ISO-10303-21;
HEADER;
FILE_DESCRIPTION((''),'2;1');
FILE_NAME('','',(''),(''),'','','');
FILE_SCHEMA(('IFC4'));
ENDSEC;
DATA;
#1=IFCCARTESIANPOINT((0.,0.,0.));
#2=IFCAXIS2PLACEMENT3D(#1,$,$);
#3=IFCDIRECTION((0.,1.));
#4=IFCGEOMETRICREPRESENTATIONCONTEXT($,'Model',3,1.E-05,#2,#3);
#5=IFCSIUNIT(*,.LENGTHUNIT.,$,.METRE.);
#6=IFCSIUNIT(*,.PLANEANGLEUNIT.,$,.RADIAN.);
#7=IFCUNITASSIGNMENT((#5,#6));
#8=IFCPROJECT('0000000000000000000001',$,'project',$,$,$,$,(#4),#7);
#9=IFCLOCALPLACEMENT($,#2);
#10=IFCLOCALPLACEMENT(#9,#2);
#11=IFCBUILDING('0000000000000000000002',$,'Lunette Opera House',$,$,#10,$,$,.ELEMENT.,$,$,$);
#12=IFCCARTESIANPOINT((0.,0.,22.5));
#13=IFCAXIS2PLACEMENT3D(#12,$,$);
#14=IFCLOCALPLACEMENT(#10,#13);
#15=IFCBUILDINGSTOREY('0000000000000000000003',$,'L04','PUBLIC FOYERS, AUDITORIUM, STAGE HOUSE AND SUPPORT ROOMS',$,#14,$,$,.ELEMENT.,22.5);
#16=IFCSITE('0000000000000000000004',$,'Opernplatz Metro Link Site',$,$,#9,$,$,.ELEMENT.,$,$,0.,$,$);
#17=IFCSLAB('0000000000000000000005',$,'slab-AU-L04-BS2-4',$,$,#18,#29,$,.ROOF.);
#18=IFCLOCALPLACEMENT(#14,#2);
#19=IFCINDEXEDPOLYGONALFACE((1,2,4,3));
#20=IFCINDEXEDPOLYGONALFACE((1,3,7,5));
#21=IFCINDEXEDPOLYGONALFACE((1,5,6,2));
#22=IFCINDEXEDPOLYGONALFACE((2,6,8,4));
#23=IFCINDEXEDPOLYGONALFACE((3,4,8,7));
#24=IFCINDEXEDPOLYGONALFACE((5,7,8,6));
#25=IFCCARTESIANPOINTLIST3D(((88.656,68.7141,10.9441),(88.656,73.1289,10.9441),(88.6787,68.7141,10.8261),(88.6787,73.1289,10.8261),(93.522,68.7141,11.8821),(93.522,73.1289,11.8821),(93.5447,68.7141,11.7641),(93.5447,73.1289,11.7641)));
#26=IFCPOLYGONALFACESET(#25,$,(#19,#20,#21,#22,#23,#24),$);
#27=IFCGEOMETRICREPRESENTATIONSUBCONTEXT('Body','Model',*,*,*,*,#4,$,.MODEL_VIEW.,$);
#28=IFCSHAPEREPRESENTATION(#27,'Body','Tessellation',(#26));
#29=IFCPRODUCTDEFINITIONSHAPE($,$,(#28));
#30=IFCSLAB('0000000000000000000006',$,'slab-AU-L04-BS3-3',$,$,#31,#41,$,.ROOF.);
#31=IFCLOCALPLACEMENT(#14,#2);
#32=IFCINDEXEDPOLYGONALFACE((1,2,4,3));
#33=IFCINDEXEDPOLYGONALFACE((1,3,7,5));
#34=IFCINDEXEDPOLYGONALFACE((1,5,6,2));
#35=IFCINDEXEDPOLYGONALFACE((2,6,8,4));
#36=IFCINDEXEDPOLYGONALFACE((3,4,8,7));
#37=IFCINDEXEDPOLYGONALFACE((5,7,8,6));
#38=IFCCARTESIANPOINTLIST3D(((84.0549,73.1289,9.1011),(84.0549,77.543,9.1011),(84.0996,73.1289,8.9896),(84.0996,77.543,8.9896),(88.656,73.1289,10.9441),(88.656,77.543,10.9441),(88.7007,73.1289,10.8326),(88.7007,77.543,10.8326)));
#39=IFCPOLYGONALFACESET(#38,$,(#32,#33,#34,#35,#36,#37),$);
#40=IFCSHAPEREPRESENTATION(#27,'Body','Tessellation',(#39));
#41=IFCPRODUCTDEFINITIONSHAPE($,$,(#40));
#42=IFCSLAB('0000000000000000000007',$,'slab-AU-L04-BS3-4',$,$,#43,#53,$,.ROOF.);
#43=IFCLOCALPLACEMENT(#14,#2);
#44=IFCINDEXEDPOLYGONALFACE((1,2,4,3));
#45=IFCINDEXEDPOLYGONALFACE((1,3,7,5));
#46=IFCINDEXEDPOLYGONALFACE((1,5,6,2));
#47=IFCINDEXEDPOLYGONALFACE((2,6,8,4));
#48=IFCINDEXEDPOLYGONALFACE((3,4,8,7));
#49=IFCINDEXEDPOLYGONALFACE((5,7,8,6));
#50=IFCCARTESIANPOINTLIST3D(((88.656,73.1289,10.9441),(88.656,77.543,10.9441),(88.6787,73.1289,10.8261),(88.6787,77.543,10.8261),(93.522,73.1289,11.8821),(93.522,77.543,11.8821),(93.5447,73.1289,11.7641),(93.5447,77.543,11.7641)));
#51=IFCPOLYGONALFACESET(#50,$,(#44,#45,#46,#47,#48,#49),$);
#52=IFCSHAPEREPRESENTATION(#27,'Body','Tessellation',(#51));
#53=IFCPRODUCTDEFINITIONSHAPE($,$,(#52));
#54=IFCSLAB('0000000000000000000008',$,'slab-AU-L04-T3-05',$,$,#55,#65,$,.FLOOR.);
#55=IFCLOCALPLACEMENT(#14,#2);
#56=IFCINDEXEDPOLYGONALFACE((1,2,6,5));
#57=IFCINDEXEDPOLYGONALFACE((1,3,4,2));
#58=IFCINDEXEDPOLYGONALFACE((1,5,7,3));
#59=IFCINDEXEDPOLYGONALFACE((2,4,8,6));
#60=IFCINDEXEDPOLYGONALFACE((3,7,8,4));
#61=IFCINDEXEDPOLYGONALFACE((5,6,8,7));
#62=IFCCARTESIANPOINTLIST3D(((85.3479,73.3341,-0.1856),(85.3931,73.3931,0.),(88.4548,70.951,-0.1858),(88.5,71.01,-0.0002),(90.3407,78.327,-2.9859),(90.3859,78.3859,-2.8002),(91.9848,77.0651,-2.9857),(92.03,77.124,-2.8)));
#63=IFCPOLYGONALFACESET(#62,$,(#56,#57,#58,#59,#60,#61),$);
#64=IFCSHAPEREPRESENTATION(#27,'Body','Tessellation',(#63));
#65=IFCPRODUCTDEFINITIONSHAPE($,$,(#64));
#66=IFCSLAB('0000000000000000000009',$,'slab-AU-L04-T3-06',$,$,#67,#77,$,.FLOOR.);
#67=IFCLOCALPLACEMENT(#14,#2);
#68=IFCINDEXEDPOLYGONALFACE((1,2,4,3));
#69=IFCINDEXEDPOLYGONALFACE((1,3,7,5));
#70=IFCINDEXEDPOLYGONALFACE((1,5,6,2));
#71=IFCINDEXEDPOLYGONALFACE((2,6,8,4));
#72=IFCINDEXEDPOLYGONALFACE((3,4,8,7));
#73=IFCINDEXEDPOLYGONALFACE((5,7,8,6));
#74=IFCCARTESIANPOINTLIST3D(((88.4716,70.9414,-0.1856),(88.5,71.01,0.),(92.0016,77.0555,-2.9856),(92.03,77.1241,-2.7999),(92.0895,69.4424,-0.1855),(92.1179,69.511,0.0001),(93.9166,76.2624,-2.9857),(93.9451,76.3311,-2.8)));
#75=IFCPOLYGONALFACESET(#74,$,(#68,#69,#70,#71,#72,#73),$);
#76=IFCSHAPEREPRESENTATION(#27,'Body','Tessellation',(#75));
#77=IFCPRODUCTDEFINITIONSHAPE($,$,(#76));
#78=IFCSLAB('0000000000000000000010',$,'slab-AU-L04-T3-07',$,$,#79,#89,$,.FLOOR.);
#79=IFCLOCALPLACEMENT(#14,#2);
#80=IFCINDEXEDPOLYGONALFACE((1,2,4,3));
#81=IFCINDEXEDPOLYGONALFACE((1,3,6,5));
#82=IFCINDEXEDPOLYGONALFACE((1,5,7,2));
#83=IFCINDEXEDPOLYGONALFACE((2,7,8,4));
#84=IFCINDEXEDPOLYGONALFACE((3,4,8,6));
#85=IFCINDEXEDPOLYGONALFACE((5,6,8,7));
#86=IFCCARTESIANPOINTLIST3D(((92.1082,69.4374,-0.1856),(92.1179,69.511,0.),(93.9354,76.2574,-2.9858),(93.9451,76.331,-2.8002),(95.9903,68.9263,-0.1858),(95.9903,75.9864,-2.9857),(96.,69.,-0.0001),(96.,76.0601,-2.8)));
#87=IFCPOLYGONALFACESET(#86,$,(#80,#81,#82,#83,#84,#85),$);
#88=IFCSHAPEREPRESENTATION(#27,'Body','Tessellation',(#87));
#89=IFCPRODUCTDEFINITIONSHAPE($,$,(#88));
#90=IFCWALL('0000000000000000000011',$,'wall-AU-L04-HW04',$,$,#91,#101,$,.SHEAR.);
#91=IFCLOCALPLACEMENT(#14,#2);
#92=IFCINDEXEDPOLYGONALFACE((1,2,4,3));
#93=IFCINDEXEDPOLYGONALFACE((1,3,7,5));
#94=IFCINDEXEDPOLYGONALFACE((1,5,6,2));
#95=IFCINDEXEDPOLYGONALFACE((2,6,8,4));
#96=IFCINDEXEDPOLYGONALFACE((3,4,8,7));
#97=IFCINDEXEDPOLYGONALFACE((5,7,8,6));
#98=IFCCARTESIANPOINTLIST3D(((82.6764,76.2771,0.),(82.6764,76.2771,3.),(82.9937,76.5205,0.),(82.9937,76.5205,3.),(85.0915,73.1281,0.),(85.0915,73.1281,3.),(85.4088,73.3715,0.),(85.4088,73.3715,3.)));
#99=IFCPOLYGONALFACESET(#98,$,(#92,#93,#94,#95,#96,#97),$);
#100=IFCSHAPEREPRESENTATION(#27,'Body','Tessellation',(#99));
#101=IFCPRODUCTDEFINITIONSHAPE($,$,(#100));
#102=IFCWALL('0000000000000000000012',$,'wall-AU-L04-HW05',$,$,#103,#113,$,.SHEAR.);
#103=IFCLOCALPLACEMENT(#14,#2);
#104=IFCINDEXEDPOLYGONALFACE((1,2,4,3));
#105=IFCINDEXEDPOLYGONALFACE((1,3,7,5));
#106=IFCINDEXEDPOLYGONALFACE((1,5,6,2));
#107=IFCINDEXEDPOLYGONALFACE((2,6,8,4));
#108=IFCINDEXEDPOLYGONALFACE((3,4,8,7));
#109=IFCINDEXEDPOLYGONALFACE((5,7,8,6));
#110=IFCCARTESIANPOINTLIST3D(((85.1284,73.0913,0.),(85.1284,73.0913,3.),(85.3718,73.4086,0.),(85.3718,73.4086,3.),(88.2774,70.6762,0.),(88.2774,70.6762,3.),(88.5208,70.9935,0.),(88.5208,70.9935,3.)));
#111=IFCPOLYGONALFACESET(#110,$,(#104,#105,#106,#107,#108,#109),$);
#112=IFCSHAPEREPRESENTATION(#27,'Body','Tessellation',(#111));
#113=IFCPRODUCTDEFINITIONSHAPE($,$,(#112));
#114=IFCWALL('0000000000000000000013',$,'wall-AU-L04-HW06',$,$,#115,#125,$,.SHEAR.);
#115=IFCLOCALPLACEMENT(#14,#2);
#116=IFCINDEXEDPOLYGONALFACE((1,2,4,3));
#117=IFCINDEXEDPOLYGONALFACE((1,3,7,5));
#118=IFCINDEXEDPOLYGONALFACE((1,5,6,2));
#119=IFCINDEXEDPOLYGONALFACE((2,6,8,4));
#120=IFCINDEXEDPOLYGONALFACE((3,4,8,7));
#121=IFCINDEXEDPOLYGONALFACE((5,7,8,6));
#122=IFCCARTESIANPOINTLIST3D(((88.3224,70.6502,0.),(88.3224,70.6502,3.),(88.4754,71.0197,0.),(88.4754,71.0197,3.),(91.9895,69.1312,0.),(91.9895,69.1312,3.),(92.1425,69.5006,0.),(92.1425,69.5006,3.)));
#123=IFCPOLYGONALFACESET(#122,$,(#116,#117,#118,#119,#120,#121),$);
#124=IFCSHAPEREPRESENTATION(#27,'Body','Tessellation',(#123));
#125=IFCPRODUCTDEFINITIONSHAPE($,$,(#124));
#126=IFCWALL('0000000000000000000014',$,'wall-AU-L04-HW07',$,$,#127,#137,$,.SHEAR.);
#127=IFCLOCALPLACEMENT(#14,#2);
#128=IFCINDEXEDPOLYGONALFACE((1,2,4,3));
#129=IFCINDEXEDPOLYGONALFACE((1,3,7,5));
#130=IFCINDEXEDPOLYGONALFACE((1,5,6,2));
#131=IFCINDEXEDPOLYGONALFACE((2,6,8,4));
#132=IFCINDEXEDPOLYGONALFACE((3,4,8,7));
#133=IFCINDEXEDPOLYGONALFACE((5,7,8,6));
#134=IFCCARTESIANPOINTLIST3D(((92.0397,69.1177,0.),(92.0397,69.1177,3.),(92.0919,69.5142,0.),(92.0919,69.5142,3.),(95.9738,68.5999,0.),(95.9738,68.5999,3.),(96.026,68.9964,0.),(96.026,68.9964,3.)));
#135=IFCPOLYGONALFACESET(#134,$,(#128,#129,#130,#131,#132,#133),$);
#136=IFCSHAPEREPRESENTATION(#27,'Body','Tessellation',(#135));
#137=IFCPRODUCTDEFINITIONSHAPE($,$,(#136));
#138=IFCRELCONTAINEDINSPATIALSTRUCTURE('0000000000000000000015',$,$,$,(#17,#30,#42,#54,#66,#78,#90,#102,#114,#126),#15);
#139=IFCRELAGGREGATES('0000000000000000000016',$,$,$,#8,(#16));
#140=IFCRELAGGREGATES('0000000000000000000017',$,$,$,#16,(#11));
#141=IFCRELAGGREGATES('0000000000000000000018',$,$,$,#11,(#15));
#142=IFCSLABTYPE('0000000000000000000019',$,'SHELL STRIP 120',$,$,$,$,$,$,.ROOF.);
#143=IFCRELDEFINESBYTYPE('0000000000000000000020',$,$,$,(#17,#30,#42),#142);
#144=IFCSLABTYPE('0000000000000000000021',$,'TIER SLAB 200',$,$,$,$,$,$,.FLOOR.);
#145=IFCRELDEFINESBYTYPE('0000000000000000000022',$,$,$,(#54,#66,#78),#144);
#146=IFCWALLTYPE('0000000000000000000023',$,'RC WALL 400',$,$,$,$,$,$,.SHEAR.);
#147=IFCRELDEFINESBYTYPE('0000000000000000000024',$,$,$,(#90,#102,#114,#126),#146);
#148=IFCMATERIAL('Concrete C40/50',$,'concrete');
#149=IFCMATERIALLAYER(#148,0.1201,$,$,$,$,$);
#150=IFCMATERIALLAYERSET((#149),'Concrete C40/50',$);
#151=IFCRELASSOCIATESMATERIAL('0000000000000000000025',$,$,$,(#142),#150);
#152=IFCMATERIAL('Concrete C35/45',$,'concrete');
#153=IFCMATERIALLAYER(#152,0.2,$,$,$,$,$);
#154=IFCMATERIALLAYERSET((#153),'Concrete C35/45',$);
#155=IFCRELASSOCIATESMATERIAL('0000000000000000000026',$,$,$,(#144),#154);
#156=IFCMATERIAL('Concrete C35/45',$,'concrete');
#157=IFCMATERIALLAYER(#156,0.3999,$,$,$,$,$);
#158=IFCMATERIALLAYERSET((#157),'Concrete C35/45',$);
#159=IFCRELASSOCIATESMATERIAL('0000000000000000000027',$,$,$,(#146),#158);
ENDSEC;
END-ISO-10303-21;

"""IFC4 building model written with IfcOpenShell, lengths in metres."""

from ifc_helpers import new_model, si_unit, direction, frame, frame_2d, origin, place, context, subcontext, project, spatial, polyline, rectangle, outline, extrude, material, layer, layer_set, type_object, element, save


model = new_model("IFC4")

# Units and contexts
model_context = context("Model", 3, precision=1e-05, world=origin(), true_north=direction((0.0, 1.0)))
body_context = subcontext(model_context, "Body", "Model", "MODEL_VIEW")
ifc_project = project(units=[si_unit("LENGTHUNIT", "METRE"), si_unit("PLANEANGLEUNIT", "RADIAN")], contexts=[model_context])

# Site, building, storey
site_placement = place(None, origin())
site = spatial("IfcSite", under=ifc_project, at=site_placement, Name="Opernplatz Metro Link Site", CompositionType="ELEMENT", RefElevation=0.0)
building_placement = place(site_placement, origin())
building = spatial("IfcBuilding", under=site, at=building_placement, Name="Lunette Opera House", CompositionType="ELEMENT")
storey_placement = place(building_placement, frame((0.0, 0.0, 22.5)))
storey = spatial("IfcBuildingStorey", under=building, at=storey_placement, Name="L04", Description="PUBLIC FOYERS, AUDITORIUM, STAGE HOUSE AND SUPPORT ROOMS", CompositionType="ELEMENT", Elevation=22.5)

# Slabs
ifc_material_1 = material(Name="Concrete C40/50", Category="concrete")
ifc_layer_1 = layer(ifc_material_1, 0.1201)
ifc_layer_set_1 = layer_set([ifc_layer_1], Name="Concrete C40/50")
slab_type_1 = type_object("IfcSlabType", Name="SHELL STRIP 120", PredefinedType="ROOF", material=ifc_layer_set_1)
slab_1_placement = place(storey_placement, frame((88.656, 68.7141, 10.9441), z_axis=(-0.18928, 0.0, 0.981923), x_axis=(0.981923, 0.0, 0.18928)))
element("IfcSlab", 1, at=slab_1_placement, inside=storey, type_object=slab_type_1, Name="slab-AU-L04-BS2-4", PredefinedType="ROOF", context=body_context, shape_type="SweptSolid", body=[
    extrude(outline(polyline([(0.0, 0.0), (4.9555, 0.0), (4.9555, 4.4148), (0.0, 4.4148), (0.0, 0.0)])), origin(), (0.0, 0.0, -1.0), 0.1201),
])
slab_2_placement = place(storey_placement, frame((84.0549, 73.1289, 9.1011), z_axis=(-0.371841, 0.0, 0.928297), x_axis=(0.928297, 0.0, 0.371841)))
element("IfcSlab", 2, at=slab_2_placement, inside=storey, type_object=slab_type_1, Name="slab-AU-L04-BS3-3", PredefinedType="ROOF", context=body_context, shape_type="SweptSolid", body=[
    extrude(outline(polyline([(0.0, 0.0), (4.9565, 0.0), (4.9565, 4.4141), (0.0, 4.4141), (0.0, 0.0)])), origin(), (0.0, 0.0, -1.0), 0.1201),
])
slab_3_placement = place(storey_placement, frame((88.656, 73.1289, 10.9441), z_axis=(-0.18928, 0.0, 0.981923), x_axis=(0.981923, 0.0, 0.18928)))
element("IfcSlab", 3, at=slab_3_placement, inside=storey, type_object=slab_type_1, Name="slab-AU-L04-BS3-4", PredefinedType="ROOF", context=body_context, shape_type="SweptSolid", body=[
    extrude(outline(polyline([(0.0, 0.0), (4.9555, 0.0), (4.9555, 4.4141), (0.0, 4.4141), (0.0, 0.0)])), origin(), (0.0, 0.0, -1.0), 0.1201),
])
ifc_material_2 = material(Name="Concrete C35/45", Category="concrete")
ifc_layer_2 = layer(ifc_material_2, 0.2)
ifc_layer_set_2 = layer_set([ifc_layer_2], Name="Concrete C35/45")
slab_type_2 = type_object("IfcSlabType", Name="TIER SLAB 200", PredefinedType="FLOOR", material=ifc_layer_set_2)
slab_4_placement = place(storey_placement, frame((85.3931, 73.3931, 0.0), z_axis=(0.226069, 0.294661, 0.928476), x_axis=(0.793463, -0.608618, -0.000044)))
element("IfcSlab", 4, at=slab_4_placement, inside=storey, type_object=slab_type_2, Name="slab-AU-L04-T3-05", PredefinedType="FLOOR", context=body_context, shape_type="SweptSolid", body=[
    extrude(outline(polyline([(0.0, 0.0), (3.9156, 0.0), (2.9956, 7.539), (0.923, 7.5397), (0.0, 0.0)])), origin(), (0.0, 0.0, -1.0), 0.2),
])
slab_5_placement = place(storey_placement, frame((88.5, 71.01, 0.0), z_axis=(0.142139, 0.343129, 0.928471), x_axis=(0.923845, -0.382768, 0.000026)))
element("IfcSlab", 5, at=slab_5_placement, inside=storey, type_object=slab_type_2, Name="slab-AU-L04-T3-06", PredefinedType="FLOOR", context=body_context, shape_type="SweptSolid", body=[
    extrude(outline(polyline([(0.0, 0.0), (3.9162, 0.0), (2.9936, 7.5393), (0.9209, 7.5389), (0.0, 0.0)])), origin(), (0.0, 0.0, -1.0), 0.2),
])
slab_6_placement = place(storey_placement, frame((92.1179, 69.511, 0.0), z_axis=(0.048499, 0.368219, 0.928473), x_axis=(0.991447, -0.130513, -0.000029)))
element("IfcSlab", 6, at=slab_6_placement, inside=storey, type_object=slab_type_2, Name="slab-AU-L04-T3-07", PredefinedType="FLOOR", context=body_context, shape_type="SweptSolid", body=[
    extrude(outline(polyline([(0.0, 0.0), (3.9156, 0.0), (2.9942, 7.539), (0.9215, 7.5394), (0.0, 0.0)])), origin(), (0.0, 0.0, -1.0), 0.2),
])

# Walls
ifc_material_3 = material(Name="Concrete C35/45", Category="concrete")
ifc_layer_3 = layer(ifc_material_3, 0.3999)
ifc_layer_set_3 = layer_set([ifc_layer_3], Name="Concrete C35/45")
wall_type = type_object("IfcWallType", Name="RC WALL 400", PredefinedType="SHEAR", material=ifc_layer_set_3)
for number, where, z_axis, x_axis, name in (
    (7, (82.835, 76.3989, 0.0), (0.0, 0.0, 1.0), (0.608568, -0.793501, 0.0), "wall-AU-L04-HW04"),
    (8, (85.25, 73.25, 0.0), (0.0, 0.0, 1.0), (0.793501, -0.608568, 0.0), "wall-AU-L04-HW05"),
):
    element("IfcWall", number, at=place(storey_placement, frame(where, z_axis=z_axis, x_axis=x_axis)), inside=storey, type_object=wall_type, Name=name, PredefinedType="SHEAR", context=body_context, shape_type="SweptSolid", body=[
        extrude(rectangle(XDim=3.9685, YDim=0.3999, at=frame_2d((1.9844, 0.0))), origin(), (0.0, 0.0, 1.0), 3.0),
    ])
wall_1_placement = place(storey_placement, frame((88.3989, 70.835, 0.0), z_axis=(0.0, 0.0, 1.0), x_axis=(0.923868, -0.38271, 0.0)))
element("IfcWall", 9, at=wall_1_placement, inside=storey, type_object=wall_type, Name="wall-AU-L04-HW06", PredefinedType="SHEAR", context=body_context, shape_type="SweptSolid", body=[
    extrude(rectangle(XDim=3.9692, YDim=0.3999, at=frame_2d((1.9846, 0.0))), origin(), (0.0, 0.0, 1.0), 3.0),
])
wall_2_placement = place(storey_placement, frame((92.0659, 69.3159, 0.0), z_axis=(0.0, 0.0, 1.0), x_axis=(0.991448, -0.130499, 0.0)))
element("IfcWall", 10, at=wall_2_placement, inside=storey, type_object=wall_type, Name="wall-AU-L04-HW07", PredefinedType="SHEAR", context=body_context, shape_type="SweptSolid", body=[
    extrude(rectangle(XDim=3.968, YDim=0.3999, at=frame_2d((1.9839, 0.0))), origin(), (0.0, 0.0, 1.0), 3.0),
])

save(model, "model.ifc")
